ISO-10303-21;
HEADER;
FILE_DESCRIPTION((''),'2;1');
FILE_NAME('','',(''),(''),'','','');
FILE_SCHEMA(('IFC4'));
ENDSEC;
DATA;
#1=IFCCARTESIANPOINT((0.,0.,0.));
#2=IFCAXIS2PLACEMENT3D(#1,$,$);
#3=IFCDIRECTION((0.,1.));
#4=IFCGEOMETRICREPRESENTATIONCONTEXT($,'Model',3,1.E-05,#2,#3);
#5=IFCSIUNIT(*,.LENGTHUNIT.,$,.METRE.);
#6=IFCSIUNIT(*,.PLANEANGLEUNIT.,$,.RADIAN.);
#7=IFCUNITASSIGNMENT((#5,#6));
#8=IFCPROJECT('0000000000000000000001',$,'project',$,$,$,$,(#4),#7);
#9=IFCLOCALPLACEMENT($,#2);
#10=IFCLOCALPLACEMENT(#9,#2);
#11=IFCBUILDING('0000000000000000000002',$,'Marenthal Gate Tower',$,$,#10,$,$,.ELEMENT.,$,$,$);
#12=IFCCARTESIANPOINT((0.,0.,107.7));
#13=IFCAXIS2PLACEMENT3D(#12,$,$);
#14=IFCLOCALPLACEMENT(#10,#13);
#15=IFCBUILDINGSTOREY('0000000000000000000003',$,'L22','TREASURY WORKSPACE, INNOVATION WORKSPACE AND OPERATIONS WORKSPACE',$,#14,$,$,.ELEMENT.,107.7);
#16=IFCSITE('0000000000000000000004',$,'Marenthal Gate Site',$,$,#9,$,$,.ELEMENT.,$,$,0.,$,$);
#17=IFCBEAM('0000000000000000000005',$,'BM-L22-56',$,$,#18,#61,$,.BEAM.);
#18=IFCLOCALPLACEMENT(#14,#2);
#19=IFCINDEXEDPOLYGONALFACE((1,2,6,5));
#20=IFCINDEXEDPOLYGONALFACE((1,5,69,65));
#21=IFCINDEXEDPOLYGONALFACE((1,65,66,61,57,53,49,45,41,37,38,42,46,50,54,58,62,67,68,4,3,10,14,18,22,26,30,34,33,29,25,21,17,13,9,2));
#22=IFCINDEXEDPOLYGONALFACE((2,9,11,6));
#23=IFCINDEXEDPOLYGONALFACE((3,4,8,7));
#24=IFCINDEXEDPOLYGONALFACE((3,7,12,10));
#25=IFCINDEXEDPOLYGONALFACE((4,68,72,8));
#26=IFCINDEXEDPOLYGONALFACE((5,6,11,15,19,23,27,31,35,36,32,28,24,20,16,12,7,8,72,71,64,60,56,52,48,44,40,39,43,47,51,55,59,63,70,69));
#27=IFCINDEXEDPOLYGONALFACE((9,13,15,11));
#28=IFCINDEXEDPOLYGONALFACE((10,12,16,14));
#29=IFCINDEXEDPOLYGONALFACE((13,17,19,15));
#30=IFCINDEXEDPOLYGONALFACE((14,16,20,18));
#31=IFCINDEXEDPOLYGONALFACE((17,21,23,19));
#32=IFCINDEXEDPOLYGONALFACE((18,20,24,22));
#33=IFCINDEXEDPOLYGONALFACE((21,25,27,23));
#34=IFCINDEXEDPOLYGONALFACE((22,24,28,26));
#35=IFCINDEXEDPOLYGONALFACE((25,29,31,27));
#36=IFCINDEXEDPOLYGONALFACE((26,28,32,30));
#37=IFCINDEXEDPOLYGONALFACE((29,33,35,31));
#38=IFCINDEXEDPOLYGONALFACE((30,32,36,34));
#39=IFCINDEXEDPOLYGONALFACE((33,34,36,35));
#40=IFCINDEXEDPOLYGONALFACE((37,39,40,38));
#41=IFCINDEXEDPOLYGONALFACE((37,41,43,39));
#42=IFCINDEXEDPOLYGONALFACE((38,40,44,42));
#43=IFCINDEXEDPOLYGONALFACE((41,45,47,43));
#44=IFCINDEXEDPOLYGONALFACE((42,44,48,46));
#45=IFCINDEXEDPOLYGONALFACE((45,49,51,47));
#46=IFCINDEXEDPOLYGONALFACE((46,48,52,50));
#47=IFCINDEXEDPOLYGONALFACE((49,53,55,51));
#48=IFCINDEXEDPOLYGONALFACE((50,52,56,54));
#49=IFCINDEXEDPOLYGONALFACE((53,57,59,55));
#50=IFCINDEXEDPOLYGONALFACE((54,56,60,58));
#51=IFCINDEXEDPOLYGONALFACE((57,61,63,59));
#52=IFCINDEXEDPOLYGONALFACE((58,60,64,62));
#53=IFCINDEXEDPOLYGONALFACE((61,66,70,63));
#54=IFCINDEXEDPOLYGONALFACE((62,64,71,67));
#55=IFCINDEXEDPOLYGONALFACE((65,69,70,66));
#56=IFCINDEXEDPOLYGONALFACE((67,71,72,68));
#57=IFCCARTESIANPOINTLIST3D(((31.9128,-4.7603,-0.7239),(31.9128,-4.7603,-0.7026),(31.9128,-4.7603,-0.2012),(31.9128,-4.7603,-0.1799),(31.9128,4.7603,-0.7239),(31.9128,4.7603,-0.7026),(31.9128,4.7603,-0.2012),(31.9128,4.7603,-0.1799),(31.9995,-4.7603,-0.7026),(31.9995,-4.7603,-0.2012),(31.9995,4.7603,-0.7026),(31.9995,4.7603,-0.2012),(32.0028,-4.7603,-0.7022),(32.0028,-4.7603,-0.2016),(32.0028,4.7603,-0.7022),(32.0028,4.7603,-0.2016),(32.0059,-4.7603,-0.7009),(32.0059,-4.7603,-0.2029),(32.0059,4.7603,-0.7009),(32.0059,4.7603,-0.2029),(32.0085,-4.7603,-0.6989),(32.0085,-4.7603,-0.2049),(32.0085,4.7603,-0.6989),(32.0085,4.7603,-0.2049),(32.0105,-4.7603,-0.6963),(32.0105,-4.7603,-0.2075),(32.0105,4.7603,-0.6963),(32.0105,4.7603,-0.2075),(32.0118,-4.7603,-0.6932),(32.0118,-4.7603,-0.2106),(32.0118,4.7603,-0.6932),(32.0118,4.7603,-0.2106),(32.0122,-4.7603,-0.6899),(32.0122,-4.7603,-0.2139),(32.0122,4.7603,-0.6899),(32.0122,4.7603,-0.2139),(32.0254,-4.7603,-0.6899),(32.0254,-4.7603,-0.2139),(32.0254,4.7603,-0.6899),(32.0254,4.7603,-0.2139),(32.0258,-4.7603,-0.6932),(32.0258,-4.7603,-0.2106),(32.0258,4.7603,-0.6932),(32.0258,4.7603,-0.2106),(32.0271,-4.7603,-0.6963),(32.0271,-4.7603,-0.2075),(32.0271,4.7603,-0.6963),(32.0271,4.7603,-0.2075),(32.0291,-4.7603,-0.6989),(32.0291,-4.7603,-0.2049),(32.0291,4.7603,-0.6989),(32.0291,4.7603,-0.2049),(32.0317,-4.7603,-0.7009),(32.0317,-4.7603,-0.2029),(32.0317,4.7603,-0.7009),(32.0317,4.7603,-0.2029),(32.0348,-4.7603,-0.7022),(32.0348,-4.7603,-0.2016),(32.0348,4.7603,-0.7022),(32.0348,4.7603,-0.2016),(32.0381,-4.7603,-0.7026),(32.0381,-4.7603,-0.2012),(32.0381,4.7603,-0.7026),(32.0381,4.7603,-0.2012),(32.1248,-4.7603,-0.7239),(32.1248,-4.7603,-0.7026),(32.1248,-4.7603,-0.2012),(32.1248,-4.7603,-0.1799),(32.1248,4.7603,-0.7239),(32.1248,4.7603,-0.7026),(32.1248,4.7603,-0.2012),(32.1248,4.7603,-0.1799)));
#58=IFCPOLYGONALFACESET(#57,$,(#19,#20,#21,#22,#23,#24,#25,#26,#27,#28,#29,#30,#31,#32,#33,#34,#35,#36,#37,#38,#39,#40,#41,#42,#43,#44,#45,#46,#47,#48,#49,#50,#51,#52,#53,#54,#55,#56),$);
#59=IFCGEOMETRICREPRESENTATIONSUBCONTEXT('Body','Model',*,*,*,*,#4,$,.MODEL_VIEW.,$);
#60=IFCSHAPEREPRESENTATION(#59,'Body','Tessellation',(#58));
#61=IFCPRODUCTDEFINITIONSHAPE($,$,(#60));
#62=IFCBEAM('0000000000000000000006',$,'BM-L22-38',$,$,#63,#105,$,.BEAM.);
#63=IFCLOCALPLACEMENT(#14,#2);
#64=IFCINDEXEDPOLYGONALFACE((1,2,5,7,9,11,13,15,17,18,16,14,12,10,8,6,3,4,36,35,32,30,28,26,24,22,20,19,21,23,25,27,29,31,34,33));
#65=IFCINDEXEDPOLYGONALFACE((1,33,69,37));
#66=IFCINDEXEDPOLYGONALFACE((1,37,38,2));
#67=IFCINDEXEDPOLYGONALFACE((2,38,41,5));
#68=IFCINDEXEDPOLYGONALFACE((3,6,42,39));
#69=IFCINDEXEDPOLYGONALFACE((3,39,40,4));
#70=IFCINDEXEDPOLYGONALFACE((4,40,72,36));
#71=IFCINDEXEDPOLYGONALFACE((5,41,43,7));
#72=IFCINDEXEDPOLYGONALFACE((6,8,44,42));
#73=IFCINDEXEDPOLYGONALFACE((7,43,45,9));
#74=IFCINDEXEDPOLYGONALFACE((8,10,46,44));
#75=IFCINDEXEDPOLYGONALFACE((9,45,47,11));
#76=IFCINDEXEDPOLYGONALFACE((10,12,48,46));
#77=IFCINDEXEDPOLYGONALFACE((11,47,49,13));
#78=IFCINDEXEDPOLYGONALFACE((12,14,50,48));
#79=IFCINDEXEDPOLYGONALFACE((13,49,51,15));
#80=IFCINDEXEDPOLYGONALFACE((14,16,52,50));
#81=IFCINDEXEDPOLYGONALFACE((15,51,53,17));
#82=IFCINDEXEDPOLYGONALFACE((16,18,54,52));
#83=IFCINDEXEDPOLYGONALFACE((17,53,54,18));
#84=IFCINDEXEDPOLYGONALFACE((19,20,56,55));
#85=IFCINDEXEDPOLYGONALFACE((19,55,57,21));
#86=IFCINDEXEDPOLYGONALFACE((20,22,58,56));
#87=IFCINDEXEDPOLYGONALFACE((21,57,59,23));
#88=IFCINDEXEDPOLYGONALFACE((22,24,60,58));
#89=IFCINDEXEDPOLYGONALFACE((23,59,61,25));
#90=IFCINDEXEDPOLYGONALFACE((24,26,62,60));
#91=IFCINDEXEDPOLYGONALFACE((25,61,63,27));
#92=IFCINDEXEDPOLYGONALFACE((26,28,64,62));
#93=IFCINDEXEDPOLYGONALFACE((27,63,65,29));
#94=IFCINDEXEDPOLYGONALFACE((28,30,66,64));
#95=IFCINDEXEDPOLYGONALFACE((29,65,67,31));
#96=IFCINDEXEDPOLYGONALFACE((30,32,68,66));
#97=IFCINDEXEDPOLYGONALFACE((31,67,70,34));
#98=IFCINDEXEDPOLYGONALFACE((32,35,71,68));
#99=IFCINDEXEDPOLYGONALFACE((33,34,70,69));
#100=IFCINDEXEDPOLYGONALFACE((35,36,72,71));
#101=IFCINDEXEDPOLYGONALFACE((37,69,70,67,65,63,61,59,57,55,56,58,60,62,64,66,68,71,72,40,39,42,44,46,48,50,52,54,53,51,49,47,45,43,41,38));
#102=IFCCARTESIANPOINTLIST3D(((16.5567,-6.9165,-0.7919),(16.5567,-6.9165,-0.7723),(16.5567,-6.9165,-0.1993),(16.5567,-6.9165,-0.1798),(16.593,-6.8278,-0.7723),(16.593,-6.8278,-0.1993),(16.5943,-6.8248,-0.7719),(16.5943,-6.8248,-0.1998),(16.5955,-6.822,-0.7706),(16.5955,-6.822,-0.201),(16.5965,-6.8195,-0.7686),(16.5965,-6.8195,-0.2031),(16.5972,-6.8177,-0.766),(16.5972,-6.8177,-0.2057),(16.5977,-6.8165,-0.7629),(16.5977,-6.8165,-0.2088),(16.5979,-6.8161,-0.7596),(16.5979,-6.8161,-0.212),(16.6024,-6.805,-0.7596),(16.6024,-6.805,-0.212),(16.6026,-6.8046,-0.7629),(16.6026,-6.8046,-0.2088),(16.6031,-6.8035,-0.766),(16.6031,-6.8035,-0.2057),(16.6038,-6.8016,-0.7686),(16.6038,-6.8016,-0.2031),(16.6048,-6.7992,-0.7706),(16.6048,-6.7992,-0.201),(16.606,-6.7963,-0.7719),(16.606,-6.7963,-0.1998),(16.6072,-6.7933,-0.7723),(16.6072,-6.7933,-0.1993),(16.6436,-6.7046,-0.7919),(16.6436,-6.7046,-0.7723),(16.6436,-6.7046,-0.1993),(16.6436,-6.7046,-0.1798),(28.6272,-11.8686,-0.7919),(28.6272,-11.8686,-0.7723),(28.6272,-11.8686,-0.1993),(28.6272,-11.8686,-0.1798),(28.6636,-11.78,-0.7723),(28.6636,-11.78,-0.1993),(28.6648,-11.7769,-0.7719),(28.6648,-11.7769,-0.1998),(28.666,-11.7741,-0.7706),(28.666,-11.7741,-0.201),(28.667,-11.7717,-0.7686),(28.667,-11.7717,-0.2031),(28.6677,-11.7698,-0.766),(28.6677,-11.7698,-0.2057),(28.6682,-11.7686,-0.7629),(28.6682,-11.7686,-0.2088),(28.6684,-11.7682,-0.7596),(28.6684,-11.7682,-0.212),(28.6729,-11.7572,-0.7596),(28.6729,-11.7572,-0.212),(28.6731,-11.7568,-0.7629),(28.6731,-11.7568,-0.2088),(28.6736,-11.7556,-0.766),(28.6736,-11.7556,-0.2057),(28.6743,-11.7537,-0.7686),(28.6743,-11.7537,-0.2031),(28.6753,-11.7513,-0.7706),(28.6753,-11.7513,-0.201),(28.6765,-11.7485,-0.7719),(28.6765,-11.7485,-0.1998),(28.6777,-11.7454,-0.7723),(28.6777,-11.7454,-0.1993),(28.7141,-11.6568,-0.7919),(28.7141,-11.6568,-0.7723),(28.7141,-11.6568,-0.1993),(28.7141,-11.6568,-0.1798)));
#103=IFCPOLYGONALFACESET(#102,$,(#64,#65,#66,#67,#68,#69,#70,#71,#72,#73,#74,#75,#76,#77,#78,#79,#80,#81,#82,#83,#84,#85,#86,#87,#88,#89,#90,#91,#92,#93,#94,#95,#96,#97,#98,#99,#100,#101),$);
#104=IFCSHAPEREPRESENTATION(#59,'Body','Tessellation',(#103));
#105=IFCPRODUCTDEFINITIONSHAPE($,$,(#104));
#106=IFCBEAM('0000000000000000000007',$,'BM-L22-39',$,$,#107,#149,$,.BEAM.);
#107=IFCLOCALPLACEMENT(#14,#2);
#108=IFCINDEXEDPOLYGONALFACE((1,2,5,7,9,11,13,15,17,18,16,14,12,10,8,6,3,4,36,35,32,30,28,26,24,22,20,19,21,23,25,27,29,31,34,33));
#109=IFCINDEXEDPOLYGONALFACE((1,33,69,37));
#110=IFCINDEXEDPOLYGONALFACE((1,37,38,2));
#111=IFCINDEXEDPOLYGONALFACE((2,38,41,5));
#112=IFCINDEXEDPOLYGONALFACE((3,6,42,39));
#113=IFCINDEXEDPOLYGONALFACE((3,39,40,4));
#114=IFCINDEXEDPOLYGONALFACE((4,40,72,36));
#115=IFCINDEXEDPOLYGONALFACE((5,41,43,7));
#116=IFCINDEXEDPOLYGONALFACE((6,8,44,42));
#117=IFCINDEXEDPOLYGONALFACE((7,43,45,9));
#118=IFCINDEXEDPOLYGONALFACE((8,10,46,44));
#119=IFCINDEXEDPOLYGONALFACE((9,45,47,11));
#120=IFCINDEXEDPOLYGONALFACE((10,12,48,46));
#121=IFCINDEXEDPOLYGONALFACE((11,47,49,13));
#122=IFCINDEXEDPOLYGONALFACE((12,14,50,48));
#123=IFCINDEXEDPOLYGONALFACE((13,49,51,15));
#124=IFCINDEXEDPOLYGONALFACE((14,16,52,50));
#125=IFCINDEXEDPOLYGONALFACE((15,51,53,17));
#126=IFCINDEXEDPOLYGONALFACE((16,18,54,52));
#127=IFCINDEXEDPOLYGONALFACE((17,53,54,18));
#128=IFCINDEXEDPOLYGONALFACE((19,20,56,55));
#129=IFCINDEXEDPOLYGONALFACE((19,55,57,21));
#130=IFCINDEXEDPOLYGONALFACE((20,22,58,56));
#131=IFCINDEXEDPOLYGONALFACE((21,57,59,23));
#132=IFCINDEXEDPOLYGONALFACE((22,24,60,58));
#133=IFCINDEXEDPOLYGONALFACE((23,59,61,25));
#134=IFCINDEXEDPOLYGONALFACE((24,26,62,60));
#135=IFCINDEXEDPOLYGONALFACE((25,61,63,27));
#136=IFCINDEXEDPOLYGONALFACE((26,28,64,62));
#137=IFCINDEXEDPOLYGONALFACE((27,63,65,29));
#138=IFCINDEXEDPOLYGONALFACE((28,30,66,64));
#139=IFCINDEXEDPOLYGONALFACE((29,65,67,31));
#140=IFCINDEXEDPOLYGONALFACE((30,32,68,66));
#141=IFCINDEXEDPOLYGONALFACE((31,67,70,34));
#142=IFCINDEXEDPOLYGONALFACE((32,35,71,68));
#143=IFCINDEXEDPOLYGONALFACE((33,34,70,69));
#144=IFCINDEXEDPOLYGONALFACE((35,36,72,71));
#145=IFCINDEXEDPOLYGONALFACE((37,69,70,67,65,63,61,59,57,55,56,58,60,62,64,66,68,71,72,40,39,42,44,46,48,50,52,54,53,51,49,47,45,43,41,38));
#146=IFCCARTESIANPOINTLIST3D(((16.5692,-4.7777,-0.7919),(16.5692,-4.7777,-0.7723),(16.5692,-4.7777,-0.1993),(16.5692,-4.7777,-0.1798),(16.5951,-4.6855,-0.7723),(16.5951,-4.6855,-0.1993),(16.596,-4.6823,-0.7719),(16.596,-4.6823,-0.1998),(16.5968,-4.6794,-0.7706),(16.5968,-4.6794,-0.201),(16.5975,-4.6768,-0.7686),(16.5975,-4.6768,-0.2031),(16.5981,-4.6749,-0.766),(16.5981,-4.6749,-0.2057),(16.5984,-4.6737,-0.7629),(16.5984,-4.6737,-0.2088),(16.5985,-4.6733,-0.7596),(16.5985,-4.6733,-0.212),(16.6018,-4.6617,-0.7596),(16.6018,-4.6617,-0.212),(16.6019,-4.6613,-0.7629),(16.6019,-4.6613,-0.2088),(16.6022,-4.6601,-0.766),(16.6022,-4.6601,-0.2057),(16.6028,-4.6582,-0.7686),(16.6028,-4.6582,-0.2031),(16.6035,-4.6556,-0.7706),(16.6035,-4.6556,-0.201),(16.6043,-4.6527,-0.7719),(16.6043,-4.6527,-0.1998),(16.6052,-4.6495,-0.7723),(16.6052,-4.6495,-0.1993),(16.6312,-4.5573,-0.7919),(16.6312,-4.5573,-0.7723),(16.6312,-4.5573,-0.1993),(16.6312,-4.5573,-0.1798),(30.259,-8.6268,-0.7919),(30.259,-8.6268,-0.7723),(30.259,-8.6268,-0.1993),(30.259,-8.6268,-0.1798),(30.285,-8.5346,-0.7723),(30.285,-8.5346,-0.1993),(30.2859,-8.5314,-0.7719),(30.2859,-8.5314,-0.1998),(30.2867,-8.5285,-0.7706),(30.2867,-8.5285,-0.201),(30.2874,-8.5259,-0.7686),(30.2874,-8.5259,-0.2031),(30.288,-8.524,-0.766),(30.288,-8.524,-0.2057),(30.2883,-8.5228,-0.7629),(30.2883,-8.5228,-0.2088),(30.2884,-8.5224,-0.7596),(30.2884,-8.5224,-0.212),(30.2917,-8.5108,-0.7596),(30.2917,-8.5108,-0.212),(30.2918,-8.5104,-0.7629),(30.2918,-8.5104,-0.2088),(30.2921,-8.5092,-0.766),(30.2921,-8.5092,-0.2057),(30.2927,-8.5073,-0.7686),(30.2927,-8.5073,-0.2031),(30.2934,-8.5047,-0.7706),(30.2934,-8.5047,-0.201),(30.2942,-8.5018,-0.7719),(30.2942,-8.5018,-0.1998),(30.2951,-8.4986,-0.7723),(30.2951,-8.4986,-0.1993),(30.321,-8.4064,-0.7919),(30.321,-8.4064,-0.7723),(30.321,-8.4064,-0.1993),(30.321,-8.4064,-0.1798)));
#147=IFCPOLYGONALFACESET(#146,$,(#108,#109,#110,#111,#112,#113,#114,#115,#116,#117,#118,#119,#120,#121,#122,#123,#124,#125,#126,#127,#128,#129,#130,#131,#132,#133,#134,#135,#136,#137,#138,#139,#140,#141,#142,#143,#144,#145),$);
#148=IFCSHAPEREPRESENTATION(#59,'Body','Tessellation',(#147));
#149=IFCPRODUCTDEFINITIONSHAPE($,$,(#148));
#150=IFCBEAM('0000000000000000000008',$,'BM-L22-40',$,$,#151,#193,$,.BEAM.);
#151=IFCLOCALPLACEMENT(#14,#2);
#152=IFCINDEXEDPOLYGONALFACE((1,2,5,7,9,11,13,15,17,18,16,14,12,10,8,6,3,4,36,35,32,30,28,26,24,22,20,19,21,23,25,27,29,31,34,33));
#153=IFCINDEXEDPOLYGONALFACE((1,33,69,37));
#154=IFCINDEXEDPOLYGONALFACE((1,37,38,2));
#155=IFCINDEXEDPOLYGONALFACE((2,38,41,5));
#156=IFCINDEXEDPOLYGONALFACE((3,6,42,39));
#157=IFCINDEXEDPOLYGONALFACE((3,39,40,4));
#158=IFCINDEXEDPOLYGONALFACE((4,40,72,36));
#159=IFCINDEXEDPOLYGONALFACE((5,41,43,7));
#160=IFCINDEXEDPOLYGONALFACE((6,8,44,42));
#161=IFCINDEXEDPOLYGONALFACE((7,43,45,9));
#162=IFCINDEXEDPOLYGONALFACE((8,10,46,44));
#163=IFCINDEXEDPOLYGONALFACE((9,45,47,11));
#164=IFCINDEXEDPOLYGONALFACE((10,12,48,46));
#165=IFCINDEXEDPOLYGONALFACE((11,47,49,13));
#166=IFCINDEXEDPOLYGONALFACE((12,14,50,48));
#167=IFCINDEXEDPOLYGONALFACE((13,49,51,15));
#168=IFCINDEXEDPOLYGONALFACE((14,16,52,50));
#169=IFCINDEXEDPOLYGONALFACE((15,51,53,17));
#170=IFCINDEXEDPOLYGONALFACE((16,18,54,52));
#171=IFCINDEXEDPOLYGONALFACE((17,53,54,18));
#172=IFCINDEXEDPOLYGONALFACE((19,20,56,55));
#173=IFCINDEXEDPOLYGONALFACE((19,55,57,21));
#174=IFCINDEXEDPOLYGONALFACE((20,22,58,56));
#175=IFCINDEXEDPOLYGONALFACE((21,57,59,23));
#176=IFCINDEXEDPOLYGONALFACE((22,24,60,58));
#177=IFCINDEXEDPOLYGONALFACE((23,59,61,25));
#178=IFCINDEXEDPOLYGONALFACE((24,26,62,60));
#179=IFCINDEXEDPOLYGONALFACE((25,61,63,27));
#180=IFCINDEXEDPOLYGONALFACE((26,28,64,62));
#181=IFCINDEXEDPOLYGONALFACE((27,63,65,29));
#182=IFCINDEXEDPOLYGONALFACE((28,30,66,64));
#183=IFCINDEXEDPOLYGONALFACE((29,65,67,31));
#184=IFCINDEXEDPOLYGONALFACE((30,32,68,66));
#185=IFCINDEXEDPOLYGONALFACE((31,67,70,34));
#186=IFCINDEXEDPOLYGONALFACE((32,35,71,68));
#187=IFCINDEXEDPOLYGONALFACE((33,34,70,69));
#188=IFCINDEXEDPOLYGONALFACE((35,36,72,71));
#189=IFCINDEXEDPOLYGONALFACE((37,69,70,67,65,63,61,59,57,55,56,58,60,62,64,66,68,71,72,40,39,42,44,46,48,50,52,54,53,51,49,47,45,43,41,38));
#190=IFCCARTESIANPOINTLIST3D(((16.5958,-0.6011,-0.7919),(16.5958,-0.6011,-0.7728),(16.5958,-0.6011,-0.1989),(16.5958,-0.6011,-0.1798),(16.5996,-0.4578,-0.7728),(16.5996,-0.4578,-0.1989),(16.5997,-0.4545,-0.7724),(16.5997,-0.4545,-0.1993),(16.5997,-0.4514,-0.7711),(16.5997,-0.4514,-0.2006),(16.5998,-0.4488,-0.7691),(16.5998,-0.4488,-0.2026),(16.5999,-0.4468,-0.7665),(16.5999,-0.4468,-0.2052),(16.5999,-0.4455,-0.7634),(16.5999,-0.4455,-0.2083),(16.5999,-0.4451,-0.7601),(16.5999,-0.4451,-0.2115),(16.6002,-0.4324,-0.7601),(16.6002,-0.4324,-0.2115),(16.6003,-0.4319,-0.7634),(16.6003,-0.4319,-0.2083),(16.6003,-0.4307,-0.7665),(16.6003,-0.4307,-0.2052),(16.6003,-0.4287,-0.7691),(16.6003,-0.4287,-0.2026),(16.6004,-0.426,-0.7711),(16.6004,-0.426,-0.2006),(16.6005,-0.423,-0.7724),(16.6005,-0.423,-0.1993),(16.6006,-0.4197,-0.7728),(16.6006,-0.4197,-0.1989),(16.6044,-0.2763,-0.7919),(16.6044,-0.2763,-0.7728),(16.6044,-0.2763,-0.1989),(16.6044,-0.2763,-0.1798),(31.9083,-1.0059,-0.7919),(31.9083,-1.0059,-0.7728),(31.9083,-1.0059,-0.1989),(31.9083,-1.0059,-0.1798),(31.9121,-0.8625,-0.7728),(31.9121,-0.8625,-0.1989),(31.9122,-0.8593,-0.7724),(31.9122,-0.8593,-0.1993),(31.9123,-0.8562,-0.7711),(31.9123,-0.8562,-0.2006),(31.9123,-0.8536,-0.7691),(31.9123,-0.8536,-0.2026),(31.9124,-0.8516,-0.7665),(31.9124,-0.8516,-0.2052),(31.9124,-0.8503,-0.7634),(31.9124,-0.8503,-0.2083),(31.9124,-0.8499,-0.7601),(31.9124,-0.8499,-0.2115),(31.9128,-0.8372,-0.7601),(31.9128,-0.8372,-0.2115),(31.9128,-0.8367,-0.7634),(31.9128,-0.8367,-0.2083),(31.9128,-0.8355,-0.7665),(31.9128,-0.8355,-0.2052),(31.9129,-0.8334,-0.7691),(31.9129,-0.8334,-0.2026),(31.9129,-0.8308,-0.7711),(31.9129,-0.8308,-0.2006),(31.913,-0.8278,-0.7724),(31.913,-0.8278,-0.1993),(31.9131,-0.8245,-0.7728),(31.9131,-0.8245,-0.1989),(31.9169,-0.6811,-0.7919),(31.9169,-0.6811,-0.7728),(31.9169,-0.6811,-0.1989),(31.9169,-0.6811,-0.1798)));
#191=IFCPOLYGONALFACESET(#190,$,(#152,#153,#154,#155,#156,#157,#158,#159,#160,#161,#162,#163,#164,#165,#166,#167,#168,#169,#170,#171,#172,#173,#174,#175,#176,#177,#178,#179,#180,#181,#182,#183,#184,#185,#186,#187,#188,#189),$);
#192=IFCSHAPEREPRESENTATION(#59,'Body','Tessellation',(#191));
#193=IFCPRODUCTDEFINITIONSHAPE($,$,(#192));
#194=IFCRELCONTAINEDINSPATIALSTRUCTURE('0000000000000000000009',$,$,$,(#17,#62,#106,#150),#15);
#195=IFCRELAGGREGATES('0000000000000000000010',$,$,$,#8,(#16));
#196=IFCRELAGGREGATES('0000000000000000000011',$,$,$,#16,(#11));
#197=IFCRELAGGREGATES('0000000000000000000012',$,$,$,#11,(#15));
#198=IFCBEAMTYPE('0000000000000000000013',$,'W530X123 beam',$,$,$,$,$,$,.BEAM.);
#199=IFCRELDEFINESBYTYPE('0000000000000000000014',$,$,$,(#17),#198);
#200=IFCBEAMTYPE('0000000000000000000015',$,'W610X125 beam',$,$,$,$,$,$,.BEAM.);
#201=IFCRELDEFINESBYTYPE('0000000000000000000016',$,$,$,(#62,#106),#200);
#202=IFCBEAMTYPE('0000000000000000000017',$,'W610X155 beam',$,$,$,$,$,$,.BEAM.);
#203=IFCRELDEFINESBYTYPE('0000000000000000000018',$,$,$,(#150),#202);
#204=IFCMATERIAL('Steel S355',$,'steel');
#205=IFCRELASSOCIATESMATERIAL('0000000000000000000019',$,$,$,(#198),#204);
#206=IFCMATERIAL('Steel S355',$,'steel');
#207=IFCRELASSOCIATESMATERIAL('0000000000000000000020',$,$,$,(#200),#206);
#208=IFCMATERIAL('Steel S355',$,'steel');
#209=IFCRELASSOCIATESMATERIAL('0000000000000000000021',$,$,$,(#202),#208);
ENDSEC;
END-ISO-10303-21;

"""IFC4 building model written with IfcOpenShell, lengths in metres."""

from ifc_helpers import new_model, si_unit, direction, frame, origin, origin_2d, place, context, subcontext, project, spatial, i_section, extrude, material, material_profile, profile_set, type_object, element, save


model = new_model("IFC4")

# Units and contexts
model_context = context("Model", 3, precision=1e-05, world=origin(), true_north=direction((0.0, 1.0)))
body_context = subcontext(model_context, "Body", "Model", "MODEL_VIEW")
ifc_project = project(units=[si_unit("LENGTHUNIT", "METRE"), si_unit("PLANEANGLEUNIT", "RADIAN")], contexts=[model_context])

# Site, building, storey
site_placement = place(None, origin())
site = spatial("IfcSite", under=ifc_project, at=site_placement, Name="Marenthal Gate Site", CompositionType="ELEMENT", RefElevation=0.0)
building_placement = place(site_placement, origin())
building = spatial("IfcBuilding", under=site, at=building_placement, Name="Marenthal Gate Tower", CompositionType="ELEMENT")
storey_placement = place(building_placement, frame((0.0, 0.0, 107.7)))
storey = spatial("IfcBuildingStorey", under=building, at=storey_placement, Name="L22", Description="TREASURY WORKSPACE, INNOVATION WORKSPACE AND OPERATIONS WORKSPACE", CompositionType="ELEMENT", Elevation=107.7)

# Beams
ifc_material_1 = material(Name="Steel S355", Category="steel")
ifc_material_profile_1 = material_profile(ifc_material_1, i_section(OverallWidth=0.2119, OverallDepth=0.5439, WebThickness=0.0132, FlangeThickness=0.0212, FilletRadius=0.0127, at=origin_2d()), Name="W530X123")
ifc_profile_set_1 = profile_set([ifc_material_profile_1], Name="Steel S355")
beam_type_1 = type_object("IfcBeamType", Name="W530X123 beam", PredefinedType="BEAM", material=ifc_profile_set_1)
beam_1_placement = place(storey_placement, frame((32.0188, -4.7603, -0.4519), z_axis=(0.0, 1.0, 0.0), x_axis=(-1.0, 0.0, 0.0)))
element("IfcBeam", 1, at=beam_1_placement, inside=storey, type_object=beam_type_1, Name="BM-L22-56", PredefinedType="BEAM", context=body_context, shape_type="SweptSolid", body=[
    extrude(i_section(OverallWidth=0.2119, OverallDepth=0.5439, WebThickness=0.0132, FlangeThickness=0.0212, FilletRadius=0.0127, at=origin_2d()), origin(), (0.0, 0.0, 1.0), 9.5205),
])
ifc_material_2 = material(Name="Steel S355", Category="steel")
ifc_material_profile_2 = material_profile(ifc_material_2, i_section(OverallWidth=0.229, OverallDepth=0.6121, WebThickness=0.012, FlangeThickness=0.0195, FilletRadius=0.0127, at=origin_2d()), Name="W610X125")
ifc_profile_set_2 = profile_set([ifc_material_profile_2], Name="Steel S355")
beam_type_2 = type_object("IfcBeamType", Name="W610X125 beam", PredefinedType="BEAM", material=ifc_profile_set_2)
beam_2_placement = place(storey_placement, frame((28.6707, -11.7627, -0.4858), z_axis=(-0.925165, 0.379565, 0.0), x_axis=(-0.379565, -0.925165, 0.0)))
element("IfcBeam", 2, at=beam_2_placement, inside=storey, type_object=beam_type_2, Name="BM-L22-38", PredefinedType="BEAM", context=body_context, shape_type="SweptSolid", body=[
    extrude(i_section(OverallWidth=0.229, OverallDepth=0.6121, WebThickness=0.012, FlangeThickness=0.0195, FilletRadius=0.0127, at=origin_2d()), origin(), (0.0, 0.0, 1.0), 13.0469),
])
beam_3_placement = place(storey_placement, frame((30.29, -8.5166, -0.4858), z_axis=(-0.962672, 0.270669, 0.0), x_axis=(-0.270669, -0.962672, 0.0)))
element("IfcBeam", 3, at=beam_3_placement, inside=storey, type_object=beam_type_2, Name="BM-L22-39", PredefinedType="BEAM", context=body_context, shape_type="SweptSolid", body=[
    extrude(i_section(OverallWidth=0.229, OverallDepth=0.6121, WebThickness=0.012, FlangeThickness=0.0195, FilletRadius=0.0127, at=origin_2d()), origin(), (0.0, 0.0, 1.0), 14.2207),
])
ifc_material_3 = material(Name="Steel S355", Category="steel")
ifc_material_profile_3 = material_profile(ifc_material_3, i_section(OverallWidth=0.325, OverallDepth=0.6121, WebThickness=0.0127, FlangeThickness=0.019, FilletRadius=0.0127, at=origin_2d()), Name="W610X155")
ifc_profile_set_3 = profile_set([ifc_material_profile_3], Name="Steel S355")
beam_type_3 = type_object("IfcBeamType", Name="W610X155 beam", PredefinedType="BEAM", material=ifc_profile_set_3)
beam_4_placement = place(storey_placement, frame((31.9126, -0.8435, -0.4858), z_axis=(-0.999651, 0.026426, 0.0), x_axis=(-0.026426, -0.999651, 0.0)))
element("IfcBeam", 4, at=beam_4_placement, inside=storey, type_object=beam_type_3, Name="BM-L22-40", PredefinedType="BEAM", context=body_context, shape_type="SweptSolid", body=[
    extrude(i_section(OverallWidth=0.325, OverallDepth=0.6121, WebThickness=0.0127, FlangeThickness=0.019, FilletRadius=0.0127, at=origin_2d()), origin(), (0.0, 0.0, 1.0), 15.3179),
])

save(model, "model.ifc")
